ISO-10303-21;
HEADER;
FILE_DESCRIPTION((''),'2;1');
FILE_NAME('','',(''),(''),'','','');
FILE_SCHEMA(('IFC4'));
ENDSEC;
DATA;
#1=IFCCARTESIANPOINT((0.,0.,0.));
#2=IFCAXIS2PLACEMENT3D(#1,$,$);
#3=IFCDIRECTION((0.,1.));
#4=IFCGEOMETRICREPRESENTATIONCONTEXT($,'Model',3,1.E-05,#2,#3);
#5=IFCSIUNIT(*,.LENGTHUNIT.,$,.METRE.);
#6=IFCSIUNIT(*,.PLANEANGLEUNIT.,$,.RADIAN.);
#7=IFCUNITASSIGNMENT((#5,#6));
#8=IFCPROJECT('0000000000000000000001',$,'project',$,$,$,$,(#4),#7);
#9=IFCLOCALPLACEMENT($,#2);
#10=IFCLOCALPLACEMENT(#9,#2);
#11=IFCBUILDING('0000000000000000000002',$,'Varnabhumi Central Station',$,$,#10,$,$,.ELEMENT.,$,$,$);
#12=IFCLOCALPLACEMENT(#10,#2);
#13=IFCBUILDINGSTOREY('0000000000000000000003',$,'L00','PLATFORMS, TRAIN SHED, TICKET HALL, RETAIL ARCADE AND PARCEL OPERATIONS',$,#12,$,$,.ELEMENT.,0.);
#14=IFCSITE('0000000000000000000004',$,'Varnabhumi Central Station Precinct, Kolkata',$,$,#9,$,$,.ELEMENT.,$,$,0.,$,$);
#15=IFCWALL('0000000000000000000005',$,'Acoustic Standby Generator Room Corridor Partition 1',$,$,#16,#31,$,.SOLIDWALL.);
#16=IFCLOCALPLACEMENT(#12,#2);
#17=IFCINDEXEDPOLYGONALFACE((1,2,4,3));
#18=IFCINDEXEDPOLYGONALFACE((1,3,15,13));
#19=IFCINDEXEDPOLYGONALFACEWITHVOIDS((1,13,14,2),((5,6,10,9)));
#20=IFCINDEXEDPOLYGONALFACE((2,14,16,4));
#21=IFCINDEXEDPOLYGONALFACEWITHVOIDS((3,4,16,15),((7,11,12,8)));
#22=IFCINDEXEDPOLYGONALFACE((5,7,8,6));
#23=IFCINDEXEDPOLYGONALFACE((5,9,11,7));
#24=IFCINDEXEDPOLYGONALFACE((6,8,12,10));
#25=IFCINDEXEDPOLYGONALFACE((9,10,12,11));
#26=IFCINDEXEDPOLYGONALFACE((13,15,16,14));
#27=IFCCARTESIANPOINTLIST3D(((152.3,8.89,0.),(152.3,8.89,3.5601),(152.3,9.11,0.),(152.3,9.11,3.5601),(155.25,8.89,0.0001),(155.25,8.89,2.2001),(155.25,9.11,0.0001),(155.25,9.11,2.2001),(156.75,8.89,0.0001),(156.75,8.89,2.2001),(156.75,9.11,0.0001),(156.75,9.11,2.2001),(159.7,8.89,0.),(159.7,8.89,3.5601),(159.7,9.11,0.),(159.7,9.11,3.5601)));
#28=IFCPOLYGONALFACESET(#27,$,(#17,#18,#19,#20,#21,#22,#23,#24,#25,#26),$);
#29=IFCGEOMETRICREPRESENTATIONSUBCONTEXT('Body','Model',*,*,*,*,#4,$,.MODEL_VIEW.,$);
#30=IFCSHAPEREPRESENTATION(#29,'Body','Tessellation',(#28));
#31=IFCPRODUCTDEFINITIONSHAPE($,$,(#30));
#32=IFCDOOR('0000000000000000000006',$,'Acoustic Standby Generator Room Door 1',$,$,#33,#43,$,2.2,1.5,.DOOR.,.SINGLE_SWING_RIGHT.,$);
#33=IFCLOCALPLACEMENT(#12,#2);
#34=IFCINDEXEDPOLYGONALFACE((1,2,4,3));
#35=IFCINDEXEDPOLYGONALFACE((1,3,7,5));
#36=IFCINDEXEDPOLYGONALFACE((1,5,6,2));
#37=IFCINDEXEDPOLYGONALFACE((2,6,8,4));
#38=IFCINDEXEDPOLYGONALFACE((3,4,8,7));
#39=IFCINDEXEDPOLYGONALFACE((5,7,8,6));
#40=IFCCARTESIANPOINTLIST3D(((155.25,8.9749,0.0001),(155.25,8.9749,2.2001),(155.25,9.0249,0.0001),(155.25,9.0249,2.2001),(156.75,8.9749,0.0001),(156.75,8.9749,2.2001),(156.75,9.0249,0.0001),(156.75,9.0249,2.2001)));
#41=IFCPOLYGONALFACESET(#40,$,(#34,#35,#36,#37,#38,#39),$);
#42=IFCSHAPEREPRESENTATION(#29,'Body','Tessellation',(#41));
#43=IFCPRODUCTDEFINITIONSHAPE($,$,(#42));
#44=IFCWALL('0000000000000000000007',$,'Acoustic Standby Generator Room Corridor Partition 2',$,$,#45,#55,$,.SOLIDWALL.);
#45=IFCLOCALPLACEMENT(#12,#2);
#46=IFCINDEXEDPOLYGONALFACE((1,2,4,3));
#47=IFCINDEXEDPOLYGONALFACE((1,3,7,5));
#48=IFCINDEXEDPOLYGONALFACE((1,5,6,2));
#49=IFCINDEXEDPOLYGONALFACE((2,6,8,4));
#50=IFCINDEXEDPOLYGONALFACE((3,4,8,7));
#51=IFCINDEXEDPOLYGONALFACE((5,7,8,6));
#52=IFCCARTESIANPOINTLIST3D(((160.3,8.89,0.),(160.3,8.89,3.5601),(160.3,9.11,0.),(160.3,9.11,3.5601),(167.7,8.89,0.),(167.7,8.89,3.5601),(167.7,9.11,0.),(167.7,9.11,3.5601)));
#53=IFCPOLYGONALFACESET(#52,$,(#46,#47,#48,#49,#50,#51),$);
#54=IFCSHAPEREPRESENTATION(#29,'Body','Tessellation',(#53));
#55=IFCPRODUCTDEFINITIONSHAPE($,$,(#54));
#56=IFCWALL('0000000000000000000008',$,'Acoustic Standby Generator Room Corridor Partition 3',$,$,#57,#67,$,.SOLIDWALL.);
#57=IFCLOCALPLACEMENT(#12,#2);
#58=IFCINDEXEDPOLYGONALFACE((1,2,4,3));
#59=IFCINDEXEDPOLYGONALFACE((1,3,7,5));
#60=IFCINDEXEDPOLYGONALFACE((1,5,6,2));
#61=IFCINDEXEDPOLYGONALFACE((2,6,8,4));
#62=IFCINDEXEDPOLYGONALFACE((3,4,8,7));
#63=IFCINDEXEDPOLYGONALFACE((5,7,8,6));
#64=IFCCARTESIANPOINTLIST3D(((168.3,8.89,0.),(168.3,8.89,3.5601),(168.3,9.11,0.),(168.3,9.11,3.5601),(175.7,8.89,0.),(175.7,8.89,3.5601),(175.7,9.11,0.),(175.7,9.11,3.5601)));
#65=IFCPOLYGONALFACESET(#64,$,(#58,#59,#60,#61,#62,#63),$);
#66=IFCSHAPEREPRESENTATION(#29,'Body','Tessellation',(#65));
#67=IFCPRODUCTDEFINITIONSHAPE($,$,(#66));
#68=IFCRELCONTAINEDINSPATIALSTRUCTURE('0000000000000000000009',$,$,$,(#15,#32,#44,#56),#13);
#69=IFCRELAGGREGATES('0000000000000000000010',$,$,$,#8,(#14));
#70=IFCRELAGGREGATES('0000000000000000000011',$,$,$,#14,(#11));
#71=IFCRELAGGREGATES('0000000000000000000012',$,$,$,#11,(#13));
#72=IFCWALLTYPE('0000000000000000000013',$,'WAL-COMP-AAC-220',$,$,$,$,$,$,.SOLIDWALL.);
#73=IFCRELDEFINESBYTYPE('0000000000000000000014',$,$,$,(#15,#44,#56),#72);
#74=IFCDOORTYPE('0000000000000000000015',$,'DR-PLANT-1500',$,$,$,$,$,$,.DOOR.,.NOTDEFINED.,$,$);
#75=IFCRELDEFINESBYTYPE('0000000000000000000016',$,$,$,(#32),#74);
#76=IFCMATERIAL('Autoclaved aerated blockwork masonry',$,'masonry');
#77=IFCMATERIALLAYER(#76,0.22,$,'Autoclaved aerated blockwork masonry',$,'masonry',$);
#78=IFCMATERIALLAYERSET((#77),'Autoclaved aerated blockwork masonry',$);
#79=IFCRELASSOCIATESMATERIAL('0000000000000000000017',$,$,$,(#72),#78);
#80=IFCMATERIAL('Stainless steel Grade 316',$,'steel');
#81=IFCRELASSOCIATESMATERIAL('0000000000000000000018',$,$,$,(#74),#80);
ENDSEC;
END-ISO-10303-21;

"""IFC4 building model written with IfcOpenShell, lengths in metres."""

from ifc_helpers import new_model, si_unit, direction, frame, frame_2d, origin, place, context, subcontext, project, spatial, rectangle, extrude, material, layer, layer_set, type_object, element, fill, save


model = new_model("IFC4")

# Units and contexts
model_context = context("Model", 3, precision=1e-05, world=origin(), true_north=direction((0.0, 1.0)))
body_context = subcontext(model_context, "Body", "Model", "MODEL_VIEW")
ifc_project = project(units=[si_unit("LENGTHUNIT", "METRE"), si_unit("PLANEANGLEUNIT", "RADIAN")], contexts=[model_context])

# Site, building, storey
site_placement = place(None, origin())
site = spatial("IfcSite", under=ifc_project, at=site_placement, Name="Varnabhumi Central Station Precinct, Kolkata", CompositionType="ELEMENT", RefElevation=0.0)
building_placement = place(site_placement, origin())
building = spatial("IfcBuilding", under=site, at=building_placement, Name="Varnabhumi Central Station", CompositionType="ELEMENT")
storey_placement = place(building_placement, origin())
storey = spatial("IfcBuildingStorey", under=building, at=storey_placement, Name="L00", Description="PLATFORMS, TRAIN SHED, TICKET HALL, RETAIL ARCADE AND PARCEL OPERATIONS", CompositionType="ELEMENT", Elevation=0.0)

# Wall, opening, door
ifc_material_1 = material(Name="Autoclaved aerated blockwork masonry", Category="masonry")
ifc_layer_1 = layer(ifc_material_1, 0.22, Name="Autoclaved aerated blockwork masonry", Category="masonry")
ifc_layer_set_1 = layer_set([ifc_layer_1], Name="Autoclaved aerated blockwork masonry")
wall_type = type_object("IfcWallType", Name="WAL-COMP-AAC-220", PredefinedType="SOLIDWALL", material=ifc_layer_set_1)
wall_placement = place(storey_placement, frame((152.3, 9.0, 0.0), z_axis=(0.0, 0.0, 1.0), x_axis=(1.0, 0.0, 0.0)))
wall = element("IfcWall", 1, at=wall_placement, inside=storey, type_object=wall_type, Name="Acoustic Standby Generator Room Corridor Partition 1", PredefinedType="SOLIDWALL", context=body_context, shape_type="SweptSolid", body=[
    extrude(rectangle(XDim=7.3999, YDim=0.22, at=frame_2d((3.7, 0.0))), origin(), (0.0, 0.0, 1.0), 3.5601),
])
opening_placement = place(wall_placement, frame((2.95, 0.0, 0.0)))
opening = element("IfcOpeningElement", 2, at=opening_placement, cuts=wall, PredefinedType="OPENING", context=body_context, shape_type="SweptSolid", body=[
    extrude(rectangle(XDim=1.5, YDim=2.2, at=frame_2d((0.75, 1.1001))), frame((0.0, 0.1199, 0.0), z_axis=(0.0, -1.0, 0.0), x_axis=(1.0, 0.0, 0.0)), (0.0, 0.0, 1.0), 0.24),
])
ifc_material_2 = material(Name="Stainless steel Grade 316", Category="steel")
door_type = type_object("IfcDoorType", Name="DR-PLANT-1500", OperationType="NOTDEFINED", PredefinedType="DOOR", material=ifc_material_2)
door_placement = place(opening_placement, origin())
door = element("IfcDoor", 3, at=door_placement, inside=storey, type_object=door_type, Name="Acoustic Standby Generator Room Door 1", OperationType="SINGLE_SWING_RIGHT", OverallHeight=2.2, OverallWidth=1.5, PredefinedType="DOOR", context=body_context, shape_type="SweptSolid", body=[
    extrude(rectangle(XDim=1.5, YDim=2.2, at=frame_2d((0.75, 1.1001))), frame((0.0, 0.0249, 0.0), z_axis=(0.0, -1.0, 0.0), x_axis=(1.0, 0.0, 0.0)), (0.0, 0.0, 1.0), 0.05),
])
fill(opening, door)

# Walls
for number, where, z_axis, x_axis, name in (
    (4, (160.3, 9.0, 0.0), (0.0, 0.0, 1.0), (1.0, 0.0, 0.0), "Acoustic Standby Generator Room Corridor Partition 2"),
    (5, (168.3, 9.0, 0.0), (0.0, 0.0, 1.0), (1.0, 0.0, 0.0), "Acoustic Standby Generator Room Corridor Partition 3"),
):
    element("IfcWall", number, at=place(storey_placement, frame(where, z_axis=z_axis, x_axis=x_axis)), inside=storey, type_object=wall_type, Name=name, PredefinedType="SOLIDWALL", context=body_context, shape_type="SweptSolid", body=[
        extrude(rectangle(XDim=7.3999, YDim=0.22, at=frame_2d((3.7, 0.0))), origin(), (0.0, 0.0, 1.0), 3.5601),
    ])

save(model, "model.ifc")
